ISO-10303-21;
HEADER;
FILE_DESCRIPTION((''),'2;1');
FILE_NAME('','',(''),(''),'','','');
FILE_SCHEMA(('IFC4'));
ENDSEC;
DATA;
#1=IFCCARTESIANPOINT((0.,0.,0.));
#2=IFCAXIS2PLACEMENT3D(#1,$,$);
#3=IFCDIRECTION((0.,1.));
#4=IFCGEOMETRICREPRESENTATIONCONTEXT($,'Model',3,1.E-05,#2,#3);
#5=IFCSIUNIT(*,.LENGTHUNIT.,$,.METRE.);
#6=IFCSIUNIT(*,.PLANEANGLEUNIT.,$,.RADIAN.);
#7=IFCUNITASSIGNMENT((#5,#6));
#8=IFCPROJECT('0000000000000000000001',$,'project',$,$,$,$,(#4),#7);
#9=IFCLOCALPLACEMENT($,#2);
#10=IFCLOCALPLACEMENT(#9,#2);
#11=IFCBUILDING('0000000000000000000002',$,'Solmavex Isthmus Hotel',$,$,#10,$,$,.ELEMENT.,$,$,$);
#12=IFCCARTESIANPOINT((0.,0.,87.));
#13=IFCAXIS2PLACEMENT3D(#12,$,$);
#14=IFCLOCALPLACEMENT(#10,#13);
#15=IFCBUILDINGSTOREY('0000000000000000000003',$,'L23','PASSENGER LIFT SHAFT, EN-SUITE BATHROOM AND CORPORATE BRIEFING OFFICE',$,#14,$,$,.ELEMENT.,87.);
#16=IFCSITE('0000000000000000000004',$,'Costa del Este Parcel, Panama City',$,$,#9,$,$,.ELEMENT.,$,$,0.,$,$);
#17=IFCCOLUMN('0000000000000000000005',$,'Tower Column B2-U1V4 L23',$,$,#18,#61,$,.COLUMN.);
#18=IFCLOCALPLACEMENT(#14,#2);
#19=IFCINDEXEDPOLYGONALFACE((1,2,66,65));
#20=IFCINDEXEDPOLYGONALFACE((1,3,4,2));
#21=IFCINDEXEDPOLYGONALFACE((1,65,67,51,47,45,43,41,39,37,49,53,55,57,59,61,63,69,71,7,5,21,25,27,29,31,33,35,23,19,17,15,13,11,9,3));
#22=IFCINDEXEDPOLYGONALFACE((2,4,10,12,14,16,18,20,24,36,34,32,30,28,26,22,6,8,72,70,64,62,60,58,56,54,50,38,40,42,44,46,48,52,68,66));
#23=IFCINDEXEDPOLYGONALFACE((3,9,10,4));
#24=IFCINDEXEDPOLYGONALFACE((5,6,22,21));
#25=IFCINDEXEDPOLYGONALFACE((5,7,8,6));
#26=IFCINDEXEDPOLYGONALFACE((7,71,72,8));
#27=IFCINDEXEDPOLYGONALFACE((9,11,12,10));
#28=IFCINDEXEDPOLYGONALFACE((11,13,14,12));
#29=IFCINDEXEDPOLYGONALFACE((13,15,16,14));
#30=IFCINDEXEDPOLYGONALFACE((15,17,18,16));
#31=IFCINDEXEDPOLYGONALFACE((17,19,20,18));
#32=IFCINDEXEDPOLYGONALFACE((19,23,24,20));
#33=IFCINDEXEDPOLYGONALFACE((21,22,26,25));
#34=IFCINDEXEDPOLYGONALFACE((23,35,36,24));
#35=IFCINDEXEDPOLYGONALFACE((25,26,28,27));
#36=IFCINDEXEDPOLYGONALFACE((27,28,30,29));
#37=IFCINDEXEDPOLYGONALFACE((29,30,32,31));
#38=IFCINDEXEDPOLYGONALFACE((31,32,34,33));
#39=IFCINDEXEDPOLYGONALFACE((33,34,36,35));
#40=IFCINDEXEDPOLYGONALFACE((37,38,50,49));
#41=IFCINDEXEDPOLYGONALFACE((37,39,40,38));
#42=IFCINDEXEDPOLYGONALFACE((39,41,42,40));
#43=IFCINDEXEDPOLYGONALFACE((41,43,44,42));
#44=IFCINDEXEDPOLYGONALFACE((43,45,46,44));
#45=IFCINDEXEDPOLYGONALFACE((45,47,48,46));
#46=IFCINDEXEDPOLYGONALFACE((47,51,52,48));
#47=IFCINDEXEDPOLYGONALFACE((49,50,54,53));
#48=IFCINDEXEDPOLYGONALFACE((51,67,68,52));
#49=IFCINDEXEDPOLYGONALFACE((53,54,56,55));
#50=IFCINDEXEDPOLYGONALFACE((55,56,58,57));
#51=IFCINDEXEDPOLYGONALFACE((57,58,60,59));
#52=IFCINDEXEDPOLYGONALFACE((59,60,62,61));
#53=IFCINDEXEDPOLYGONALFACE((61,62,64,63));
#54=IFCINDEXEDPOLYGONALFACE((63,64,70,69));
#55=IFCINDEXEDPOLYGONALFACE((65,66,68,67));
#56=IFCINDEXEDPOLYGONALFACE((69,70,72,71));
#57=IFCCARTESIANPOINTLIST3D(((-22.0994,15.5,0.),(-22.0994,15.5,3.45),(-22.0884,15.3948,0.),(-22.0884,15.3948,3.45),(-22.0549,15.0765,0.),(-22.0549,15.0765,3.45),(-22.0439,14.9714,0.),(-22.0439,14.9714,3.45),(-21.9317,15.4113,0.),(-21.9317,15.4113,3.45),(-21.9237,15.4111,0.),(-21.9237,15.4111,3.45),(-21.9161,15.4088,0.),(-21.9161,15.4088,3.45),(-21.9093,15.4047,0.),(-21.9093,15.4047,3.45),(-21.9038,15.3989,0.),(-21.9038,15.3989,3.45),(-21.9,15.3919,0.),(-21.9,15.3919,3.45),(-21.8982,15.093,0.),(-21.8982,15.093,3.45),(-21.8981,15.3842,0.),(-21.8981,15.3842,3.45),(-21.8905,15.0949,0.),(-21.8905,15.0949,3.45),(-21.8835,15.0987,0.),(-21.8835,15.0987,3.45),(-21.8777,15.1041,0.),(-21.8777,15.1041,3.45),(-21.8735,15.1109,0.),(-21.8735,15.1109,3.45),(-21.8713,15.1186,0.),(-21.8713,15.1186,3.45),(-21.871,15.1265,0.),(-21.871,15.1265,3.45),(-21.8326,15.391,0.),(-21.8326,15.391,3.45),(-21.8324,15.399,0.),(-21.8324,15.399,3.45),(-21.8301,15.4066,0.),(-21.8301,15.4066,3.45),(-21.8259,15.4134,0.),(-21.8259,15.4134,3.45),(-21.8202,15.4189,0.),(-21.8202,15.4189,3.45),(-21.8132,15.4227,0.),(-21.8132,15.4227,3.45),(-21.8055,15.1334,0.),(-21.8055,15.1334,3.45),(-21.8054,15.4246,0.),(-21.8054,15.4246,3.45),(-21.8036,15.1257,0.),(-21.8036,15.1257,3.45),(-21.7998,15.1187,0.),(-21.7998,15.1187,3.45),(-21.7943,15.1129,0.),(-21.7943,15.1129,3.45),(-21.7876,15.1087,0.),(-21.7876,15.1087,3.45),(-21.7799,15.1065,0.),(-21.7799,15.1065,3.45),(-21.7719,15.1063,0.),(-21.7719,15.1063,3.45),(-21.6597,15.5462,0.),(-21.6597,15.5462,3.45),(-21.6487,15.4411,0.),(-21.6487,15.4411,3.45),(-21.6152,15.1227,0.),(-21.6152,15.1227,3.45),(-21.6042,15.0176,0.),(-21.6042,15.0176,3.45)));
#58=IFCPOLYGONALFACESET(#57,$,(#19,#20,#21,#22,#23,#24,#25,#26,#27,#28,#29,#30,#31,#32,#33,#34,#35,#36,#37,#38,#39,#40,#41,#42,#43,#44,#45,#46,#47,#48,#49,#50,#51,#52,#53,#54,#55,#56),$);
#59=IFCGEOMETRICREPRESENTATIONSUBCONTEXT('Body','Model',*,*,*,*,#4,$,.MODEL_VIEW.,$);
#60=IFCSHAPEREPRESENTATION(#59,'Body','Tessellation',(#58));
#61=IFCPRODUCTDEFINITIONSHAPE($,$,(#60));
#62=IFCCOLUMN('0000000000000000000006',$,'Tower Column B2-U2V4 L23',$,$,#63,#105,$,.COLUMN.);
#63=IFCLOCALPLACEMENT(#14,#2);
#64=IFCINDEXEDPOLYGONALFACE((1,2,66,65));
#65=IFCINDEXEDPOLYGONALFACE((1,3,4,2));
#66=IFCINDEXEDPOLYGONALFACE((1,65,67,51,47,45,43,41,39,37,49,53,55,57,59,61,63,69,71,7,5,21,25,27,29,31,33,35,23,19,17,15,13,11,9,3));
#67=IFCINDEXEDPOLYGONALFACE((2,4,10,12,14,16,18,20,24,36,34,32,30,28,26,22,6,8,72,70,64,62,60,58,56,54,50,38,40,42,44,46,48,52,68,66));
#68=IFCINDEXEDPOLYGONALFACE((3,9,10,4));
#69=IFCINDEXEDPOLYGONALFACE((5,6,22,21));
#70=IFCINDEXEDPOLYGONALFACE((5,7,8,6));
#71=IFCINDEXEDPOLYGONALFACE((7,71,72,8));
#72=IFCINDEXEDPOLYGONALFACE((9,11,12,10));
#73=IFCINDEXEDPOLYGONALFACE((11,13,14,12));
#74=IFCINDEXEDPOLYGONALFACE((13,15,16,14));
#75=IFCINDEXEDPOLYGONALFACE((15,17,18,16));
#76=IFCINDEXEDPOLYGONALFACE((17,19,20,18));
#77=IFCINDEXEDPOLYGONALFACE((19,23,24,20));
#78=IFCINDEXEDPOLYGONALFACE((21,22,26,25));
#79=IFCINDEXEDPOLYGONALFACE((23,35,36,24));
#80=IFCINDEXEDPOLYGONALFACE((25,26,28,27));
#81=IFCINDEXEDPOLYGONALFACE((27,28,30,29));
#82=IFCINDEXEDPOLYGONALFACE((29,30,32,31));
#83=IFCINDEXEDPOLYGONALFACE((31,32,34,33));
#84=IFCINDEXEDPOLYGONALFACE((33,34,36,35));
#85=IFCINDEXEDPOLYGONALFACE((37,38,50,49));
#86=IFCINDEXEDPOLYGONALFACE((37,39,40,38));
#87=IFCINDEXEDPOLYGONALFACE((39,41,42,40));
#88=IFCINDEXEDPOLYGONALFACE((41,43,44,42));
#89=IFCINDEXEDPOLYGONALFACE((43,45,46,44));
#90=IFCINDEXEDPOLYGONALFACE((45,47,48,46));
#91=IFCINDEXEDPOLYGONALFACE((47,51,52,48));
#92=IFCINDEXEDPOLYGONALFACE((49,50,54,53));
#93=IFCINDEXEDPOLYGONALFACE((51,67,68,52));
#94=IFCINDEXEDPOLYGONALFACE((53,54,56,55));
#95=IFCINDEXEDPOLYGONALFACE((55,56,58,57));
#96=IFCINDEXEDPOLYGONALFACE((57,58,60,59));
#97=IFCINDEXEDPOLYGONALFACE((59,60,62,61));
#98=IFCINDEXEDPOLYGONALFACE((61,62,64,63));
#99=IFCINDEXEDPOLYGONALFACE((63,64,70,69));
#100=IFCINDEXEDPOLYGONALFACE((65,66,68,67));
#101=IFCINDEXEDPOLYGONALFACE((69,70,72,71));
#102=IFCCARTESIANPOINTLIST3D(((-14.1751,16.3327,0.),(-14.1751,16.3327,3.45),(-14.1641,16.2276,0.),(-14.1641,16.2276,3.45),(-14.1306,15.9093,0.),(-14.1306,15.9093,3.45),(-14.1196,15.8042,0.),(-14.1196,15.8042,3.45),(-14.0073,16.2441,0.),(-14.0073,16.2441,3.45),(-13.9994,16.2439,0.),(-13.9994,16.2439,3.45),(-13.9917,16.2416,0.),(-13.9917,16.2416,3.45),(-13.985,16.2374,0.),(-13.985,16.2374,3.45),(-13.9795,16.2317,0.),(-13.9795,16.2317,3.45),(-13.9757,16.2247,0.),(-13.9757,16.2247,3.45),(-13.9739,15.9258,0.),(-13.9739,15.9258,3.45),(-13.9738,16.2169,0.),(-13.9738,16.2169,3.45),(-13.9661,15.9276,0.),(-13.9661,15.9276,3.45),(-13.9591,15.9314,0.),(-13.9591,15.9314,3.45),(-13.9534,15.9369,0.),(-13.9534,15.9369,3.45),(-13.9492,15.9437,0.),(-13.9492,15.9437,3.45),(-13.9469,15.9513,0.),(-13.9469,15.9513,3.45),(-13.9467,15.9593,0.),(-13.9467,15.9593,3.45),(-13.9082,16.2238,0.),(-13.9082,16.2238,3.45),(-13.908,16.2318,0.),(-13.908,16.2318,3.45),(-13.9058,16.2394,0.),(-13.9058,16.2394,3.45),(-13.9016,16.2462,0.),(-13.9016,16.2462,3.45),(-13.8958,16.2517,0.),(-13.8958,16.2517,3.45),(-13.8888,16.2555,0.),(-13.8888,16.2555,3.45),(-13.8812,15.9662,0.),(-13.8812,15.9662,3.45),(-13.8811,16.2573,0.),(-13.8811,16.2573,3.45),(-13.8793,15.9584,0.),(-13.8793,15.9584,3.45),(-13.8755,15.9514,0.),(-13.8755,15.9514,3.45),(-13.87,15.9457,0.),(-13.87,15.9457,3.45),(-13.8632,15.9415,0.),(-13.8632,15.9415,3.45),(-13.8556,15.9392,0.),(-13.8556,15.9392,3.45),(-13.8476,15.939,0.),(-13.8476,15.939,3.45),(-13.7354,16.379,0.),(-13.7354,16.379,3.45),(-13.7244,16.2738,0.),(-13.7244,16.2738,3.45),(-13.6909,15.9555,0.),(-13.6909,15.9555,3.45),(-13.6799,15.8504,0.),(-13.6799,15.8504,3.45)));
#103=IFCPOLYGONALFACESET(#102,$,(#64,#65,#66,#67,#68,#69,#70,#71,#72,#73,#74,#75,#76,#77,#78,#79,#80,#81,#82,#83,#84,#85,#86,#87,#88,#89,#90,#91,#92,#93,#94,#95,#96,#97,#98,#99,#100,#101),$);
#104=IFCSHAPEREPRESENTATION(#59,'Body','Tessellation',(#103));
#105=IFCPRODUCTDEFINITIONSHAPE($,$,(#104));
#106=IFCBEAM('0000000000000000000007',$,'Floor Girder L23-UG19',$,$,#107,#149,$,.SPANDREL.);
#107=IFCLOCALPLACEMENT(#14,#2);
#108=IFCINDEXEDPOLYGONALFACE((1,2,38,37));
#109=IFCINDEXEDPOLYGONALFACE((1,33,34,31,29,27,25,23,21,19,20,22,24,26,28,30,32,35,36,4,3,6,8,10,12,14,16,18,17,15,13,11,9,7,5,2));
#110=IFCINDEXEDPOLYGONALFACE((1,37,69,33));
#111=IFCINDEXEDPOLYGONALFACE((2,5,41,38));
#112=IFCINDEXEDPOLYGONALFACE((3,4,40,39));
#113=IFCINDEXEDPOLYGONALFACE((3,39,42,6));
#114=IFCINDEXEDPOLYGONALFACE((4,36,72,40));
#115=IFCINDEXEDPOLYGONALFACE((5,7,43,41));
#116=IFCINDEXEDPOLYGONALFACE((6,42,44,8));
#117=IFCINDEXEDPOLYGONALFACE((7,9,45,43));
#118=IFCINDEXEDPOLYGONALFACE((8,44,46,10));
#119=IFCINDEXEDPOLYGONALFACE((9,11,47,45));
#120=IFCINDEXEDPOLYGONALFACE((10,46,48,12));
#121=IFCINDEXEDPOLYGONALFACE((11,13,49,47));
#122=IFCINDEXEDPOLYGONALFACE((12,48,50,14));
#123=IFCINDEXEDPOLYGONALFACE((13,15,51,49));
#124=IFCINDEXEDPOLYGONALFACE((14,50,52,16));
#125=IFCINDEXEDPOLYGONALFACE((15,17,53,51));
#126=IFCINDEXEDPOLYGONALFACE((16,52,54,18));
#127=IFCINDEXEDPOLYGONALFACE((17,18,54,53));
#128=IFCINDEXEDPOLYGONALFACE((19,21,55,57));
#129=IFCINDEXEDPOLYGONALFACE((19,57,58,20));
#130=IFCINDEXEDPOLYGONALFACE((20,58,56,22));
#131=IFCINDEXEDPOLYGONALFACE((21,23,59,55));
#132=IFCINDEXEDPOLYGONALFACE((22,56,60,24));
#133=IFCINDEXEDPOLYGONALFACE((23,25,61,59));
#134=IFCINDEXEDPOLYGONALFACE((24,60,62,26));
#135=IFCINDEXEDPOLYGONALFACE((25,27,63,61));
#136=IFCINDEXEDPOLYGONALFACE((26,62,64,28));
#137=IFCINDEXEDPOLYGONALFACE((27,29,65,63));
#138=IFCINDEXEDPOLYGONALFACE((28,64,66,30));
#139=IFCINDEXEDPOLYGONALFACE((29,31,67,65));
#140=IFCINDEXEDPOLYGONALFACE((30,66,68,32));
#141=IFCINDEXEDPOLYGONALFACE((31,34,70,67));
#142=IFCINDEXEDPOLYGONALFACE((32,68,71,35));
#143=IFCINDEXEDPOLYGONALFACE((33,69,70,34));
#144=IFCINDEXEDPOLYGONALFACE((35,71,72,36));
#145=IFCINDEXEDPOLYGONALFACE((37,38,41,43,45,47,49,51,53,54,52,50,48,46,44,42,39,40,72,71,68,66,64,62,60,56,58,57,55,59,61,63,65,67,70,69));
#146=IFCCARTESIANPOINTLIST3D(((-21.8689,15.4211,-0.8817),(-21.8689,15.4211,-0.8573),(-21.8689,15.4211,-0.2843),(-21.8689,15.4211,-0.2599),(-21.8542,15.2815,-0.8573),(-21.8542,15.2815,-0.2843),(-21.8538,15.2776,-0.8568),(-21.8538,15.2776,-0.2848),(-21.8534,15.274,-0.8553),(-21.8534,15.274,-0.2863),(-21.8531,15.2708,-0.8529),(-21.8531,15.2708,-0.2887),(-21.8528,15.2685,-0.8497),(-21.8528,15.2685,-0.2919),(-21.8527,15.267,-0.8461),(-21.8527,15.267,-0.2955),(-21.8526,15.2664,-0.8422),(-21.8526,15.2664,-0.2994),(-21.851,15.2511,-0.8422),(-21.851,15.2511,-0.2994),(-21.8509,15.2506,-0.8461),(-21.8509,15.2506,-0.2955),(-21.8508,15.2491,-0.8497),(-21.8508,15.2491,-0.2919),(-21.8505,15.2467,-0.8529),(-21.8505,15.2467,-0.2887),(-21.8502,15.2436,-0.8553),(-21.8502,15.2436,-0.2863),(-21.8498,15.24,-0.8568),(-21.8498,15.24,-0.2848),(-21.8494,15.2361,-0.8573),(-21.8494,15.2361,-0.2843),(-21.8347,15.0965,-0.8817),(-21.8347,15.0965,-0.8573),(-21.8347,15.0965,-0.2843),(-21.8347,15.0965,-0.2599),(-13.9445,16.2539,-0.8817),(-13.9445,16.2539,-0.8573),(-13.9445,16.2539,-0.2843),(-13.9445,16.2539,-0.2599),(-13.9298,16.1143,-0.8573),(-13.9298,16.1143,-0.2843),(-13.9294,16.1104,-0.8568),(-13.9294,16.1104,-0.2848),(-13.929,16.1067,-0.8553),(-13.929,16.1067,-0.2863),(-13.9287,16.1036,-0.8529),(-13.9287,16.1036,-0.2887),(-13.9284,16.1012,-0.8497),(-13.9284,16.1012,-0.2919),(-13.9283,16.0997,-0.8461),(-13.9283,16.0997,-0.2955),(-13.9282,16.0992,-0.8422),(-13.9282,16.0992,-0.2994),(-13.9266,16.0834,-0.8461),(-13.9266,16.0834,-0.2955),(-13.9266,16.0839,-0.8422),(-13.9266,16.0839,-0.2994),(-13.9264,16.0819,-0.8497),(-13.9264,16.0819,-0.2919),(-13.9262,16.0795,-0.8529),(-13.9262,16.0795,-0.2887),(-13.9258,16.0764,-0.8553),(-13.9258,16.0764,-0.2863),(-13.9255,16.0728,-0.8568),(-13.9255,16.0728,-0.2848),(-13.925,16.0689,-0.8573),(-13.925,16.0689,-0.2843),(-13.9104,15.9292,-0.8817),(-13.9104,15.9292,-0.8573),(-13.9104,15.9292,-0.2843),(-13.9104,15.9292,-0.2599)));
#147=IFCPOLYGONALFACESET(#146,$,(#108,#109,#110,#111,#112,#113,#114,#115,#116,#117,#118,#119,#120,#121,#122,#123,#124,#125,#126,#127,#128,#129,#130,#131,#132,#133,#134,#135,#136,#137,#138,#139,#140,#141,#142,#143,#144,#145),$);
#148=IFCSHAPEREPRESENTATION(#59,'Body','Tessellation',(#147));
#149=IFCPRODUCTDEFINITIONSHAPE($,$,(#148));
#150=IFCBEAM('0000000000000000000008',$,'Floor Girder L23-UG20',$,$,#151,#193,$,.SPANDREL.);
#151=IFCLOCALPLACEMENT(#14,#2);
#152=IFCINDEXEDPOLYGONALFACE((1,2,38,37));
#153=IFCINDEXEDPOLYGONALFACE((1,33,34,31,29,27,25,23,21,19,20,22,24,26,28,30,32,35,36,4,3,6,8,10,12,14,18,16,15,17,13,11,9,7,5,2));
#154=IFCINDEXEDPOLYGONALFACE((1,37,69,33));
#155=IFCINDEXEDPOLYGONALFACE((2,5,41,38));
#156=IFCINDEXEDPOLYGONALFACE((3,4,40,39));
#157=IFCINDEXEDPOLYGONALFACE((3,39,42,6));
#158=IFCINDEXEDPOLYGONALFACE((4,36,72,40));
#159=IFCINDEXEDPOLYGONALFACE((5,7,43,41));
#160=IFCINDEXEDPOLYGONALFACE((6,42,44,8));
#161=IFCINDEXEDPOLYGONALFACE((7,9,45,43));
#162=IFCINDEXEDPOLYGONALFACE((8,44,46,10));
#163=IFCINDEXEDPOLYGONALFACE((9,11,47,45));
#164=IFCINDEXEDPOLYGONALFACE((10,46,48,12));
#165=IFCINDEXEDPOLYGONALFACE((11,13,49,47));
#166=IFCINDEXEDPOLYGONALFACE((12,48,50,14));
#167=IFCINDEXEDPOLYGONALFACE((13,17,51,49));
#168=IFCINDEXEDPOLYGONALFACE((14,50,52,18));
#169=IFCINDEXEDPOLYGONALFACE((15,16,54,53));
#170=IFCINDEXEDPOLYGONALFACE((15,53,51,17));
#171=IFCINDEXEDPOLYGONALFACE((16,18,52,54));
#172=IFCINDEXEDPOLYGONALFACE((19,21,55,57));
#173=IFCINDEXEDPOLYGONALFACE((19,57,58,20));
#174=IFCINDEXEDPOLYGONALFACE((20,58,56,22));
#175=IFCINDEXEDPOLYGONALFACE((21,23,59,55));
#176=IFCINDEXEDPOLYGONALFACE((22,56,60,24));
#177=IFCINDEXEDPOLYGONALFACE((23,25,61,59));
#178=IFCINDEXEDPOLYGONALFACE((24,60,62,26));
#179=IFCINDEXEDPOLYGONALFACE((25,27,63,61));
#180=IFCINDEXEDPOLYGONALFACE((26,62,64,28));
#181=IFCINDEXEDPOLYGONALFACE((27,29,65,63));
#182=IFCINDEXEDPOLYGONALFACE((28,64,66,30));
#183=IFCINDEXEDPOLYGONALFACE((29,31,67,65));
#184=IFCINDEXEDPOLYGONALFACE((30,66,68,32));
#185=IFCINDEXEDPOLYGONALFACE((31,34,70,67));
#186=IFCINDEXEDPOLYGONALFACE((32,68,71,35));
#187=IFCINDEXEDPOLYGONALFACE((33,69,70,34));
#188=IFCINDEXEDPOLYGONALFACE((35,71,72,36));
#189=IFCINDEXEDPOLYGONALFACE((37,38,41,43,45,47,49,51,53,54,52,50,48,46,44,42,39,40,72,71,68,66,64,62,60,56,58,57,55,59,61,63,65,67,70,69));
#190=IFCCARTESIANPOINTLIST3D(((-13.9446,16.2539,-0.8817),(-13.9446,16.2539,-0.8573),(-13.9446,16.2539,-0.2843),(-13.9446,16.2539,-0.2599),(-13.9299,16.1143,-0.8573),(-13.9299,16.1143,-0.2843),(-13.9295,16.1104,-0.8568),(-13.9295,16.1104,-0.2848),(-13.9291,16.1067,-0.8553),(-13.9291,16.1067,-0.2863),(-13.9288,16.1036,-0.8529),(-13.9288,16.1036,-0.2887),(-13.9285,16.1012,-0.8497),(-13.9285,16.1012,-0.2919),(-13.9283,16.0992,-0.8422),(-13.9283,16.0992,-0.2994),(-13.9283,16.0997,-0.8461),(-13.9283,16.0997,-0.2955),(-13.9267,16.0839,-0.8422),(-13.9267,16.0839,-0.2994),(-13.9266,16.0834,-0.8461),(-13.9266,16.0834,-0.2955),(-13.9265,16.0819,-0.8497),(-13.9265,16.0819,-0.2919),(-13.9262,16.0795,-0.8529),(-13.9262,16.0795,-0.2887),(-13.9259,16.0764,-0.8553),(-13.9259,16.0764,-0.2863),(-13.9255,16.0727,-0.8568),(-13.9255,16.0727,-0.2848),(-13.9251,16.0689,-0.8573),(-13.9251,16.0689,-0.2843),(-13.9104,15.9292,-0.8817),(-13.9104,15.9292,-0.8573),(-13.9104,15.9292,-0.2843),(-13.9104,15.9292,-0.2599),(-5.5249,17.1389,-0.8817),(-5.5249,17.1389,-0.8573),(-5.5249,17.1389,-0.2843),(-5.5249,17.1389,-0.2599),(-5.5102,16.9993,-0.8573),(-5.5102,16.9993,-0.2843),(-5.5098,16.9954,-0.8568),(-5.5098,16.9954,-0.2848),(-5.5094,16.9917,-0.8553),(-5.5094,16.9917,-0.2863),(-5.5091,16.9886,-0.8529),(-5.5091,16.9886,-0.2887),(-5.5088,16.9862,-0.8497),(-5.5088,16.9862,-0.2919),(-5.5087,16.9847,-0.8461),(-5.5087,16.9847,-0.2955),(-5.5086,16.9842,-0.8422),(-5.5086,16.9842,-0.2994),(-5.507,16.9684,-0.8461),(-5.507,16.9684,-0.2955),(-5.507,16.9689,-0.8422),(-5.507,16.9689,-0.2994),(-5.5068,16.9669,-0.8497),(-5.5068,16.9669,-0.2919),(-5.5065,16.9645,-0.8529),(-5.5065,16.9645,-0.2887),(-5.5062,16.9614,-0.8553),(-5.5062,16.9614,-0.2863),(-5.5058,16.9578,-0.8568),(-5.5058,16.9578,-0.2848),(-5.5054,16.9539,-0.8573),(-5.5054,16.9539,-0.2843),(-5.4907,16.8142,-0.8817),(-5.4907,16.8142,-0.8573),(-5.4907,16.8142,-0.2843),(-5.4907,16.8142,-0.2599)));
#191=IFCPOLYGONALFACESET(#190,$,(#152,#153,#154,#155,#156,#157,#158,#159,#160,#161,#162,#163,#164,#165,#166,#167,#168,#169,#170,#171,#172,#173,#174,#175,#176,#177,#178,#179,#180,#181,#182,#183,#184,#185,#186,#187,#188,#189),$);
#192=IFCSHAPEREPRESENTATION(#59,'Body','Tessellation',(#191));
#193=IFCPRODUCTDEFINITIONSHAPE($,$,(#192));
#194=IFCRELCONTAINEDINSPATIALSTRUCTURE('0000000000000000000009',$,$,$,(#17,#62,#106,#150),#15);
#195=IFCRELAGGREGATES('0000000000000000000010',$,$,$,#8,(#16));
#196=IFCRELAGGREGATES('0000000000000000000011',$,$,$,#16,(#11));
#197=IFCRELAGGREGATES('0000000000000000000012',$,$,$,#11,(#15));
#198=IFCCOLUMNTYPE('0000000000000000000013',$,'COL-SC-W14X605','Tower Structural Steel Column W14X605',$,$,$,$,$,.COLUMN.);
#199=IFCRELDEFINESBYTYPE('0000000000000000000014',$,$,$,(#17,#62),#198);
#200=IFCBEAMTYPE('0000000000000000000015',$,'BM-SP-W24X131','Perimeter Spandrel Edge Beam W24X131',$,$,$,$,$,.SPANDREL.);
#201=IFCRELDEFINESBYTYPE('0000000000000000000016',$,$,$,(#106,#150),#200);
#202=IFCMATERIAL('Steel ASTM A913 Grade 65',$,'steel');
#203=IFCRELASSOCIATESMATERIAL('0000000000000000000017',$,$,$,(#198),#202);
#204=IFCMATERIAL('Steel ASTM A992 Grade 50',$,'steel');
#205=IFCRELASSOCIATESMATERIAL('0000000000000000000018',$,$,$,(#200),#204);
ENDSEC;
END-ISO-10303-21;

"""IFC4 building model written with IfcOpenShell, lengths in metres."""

from ifc_helpers import new_model, si_unit, direction, frame, origin, origin_2d, place, context, subcontext, project, spatial, i_section, extrude, material, material_profile, profile_set, type_object, element, save


model = new_model("IFC4")

# Units and contexts
model_context = context("Model", 3, precision=1e-05, world=origin(), true_north=direction((0.0, 1.0)))
body_context = subcontext(model_context, "Body", "Model", "MODEL_VIEW")
ifc_project = project(units=[si_unit("LENGTHUNIT", "METRE"), si_unit("PLANEANGLEUNIT", "RADIAN")], contexts=[model_context])

# Site, building, storey
site_placement = place(None, origin())
site = spatial("IfcSite", under=ifc_project, at=site_placement, Name="Costa del Este Parcel, Panama City", CompositionType="ELEMENT", RefElevation=0.0)
building_placement = place(site_placement, origin())
building = spatial("IfcBuilding", under=site, at=building_placement, Name="Solmavex Isthmus Hotel", CompositionType="ELEMENT")
storey_placement = place(building_placement, frame((0.0, 0.0, 87.0)))
storey = spatial("IfcBuildingStorey", under=building, at=storey_placement, Name="L23", Description="PASSENGER LIFT SHAFT, EN-SUITE BATHROOM AND CORPORATE BRIEFING OFFICE", CompositionType="ELEMENT", Elevation=87.0)

# Columns
ifc_material_1 = material(Name="Steel ASTM A913 Grade 65", Category="steel")
ifc_material_profile_1 = material_profile(ifc_material_1, i_section(OverallWidth=0.4421, OverallDepth=0.5315, WebThickness=0.0659, FlangeThickness=0.1057, FilletRadius=0.0305, at=origin_2d()), Name="W14X605")
ifc_profile_set_1 = profile_set([ifc_material_profile_1], Name="Steel ASTM A913 Grade 65")
column_type = type_object("IfcColumnType", Name="COL-SC-W14X605", Description="Tower Structural Steel Column W14X605", PredefinedType="COLUMN", material=ifc_profile_set_1)
for number, where, z_axis, x_axis, name in (
    (1, (-21.8518, 15.2588, 0.0), (0.0, 0.0, 1.0), (0.994522, 0.104528, 0.0), "Tower Column B2-U1V4 L23"),
    (2, (-13.9275, 16.0916, 0.0), (0.0, 0.0, 1.0), (0.994522, 0.104528, 0.0), "Tower Column B2-U2V4 L23"),
):
    element("IfcColumn", number, at=place(storey_placement, frame(where, z_axis=z_axis, x_axis=x_axis)), inside=storey, type_object=column_type, Name=name, PredefinedType="COLUMN", context=body_context, shape_type="SweptSolid", body=[
        extrude(i_section(OverallWidth=0.4421, OverallDepth=0.5315, WebThickness=0.0659, FlangeThickness=0.1057, FilletRadius=0.0305, at=origin_2d()), origin(), (0.0, 0.0, 1.0), 3.45),
    ])

# Beams
ifc_material_2 = material(Name="Steel ASTM A992 Grade 50", Category="steel")
ifc_material_profile_2 = material_profile(ifc_material_2, i_section(OverallWidth=0.3264, OverallDepth=0.6218, WebThickness=0.0154, FlangeThickness=0.0244, FilletRadius=0.0151, at=origin_2d()), Name="W24X131")
ifc_profile_set_2 = profile_set([ifc_material_profile_2], Name="Steel ASTM A992 Grade 50")
beam_type = type_object("IfcBeamType", Name="BM-SP-W24X131", Description="Perimeter Spandrel Edge Beam W24X131", PredefinedType="SPANDREL", material=ifc_profile_set_2)
beam_1_placement = place(storey_placement, frame((-21.8518, 15.2588, -0.5708), z_axis=(0.994523, 0.104514, 0.0), x_axis=(-0.104514, 0.994523, 0.0)))
element("IfcBeam", 3, at=beam_1_placement, inside=storey, type_object=beam_type, Name="Floor Girder L23-UG19", PredefinedType="SPANDREL", context=body_context, shape_type="SweptSolid", body=[
    extrude(i_section(OverallWidth=0.3264, OverallDepth=0.6218, WebThickness=0.0154, FlangeThickness=0.0244, FilletRadius=0.0151, at=origin_2d()), origin(), (0.0, 0.0, 1.0), 7.968),
])
beam_2_placement = place(storey_placement, frame((-13.9275, 16.0916, -0.5708), z_axis=(0.994521, 0.104536, 0.0), x_axis=(-0.104536, 0.994521, 0.0)))
element("IfcBeam", 4, at=beam_2_placement, inside=storey, type_object=beam_type, Name="Floor Girder L23-UG20", PredefinedType="SPANDREL", context=body_context, shape_type="SweptSolid", body=[
    extrude(i_section(OverallWidth=0.3264, OverallDepth=0.6218, WebThickness=0.0154, FlangeThickness=0.0244, FilletRadius=0.0151, at=origin_2d()), origin(), (0.0, 0.0, 1.0), 8.4661),
])

save(model, "model.ifc")
